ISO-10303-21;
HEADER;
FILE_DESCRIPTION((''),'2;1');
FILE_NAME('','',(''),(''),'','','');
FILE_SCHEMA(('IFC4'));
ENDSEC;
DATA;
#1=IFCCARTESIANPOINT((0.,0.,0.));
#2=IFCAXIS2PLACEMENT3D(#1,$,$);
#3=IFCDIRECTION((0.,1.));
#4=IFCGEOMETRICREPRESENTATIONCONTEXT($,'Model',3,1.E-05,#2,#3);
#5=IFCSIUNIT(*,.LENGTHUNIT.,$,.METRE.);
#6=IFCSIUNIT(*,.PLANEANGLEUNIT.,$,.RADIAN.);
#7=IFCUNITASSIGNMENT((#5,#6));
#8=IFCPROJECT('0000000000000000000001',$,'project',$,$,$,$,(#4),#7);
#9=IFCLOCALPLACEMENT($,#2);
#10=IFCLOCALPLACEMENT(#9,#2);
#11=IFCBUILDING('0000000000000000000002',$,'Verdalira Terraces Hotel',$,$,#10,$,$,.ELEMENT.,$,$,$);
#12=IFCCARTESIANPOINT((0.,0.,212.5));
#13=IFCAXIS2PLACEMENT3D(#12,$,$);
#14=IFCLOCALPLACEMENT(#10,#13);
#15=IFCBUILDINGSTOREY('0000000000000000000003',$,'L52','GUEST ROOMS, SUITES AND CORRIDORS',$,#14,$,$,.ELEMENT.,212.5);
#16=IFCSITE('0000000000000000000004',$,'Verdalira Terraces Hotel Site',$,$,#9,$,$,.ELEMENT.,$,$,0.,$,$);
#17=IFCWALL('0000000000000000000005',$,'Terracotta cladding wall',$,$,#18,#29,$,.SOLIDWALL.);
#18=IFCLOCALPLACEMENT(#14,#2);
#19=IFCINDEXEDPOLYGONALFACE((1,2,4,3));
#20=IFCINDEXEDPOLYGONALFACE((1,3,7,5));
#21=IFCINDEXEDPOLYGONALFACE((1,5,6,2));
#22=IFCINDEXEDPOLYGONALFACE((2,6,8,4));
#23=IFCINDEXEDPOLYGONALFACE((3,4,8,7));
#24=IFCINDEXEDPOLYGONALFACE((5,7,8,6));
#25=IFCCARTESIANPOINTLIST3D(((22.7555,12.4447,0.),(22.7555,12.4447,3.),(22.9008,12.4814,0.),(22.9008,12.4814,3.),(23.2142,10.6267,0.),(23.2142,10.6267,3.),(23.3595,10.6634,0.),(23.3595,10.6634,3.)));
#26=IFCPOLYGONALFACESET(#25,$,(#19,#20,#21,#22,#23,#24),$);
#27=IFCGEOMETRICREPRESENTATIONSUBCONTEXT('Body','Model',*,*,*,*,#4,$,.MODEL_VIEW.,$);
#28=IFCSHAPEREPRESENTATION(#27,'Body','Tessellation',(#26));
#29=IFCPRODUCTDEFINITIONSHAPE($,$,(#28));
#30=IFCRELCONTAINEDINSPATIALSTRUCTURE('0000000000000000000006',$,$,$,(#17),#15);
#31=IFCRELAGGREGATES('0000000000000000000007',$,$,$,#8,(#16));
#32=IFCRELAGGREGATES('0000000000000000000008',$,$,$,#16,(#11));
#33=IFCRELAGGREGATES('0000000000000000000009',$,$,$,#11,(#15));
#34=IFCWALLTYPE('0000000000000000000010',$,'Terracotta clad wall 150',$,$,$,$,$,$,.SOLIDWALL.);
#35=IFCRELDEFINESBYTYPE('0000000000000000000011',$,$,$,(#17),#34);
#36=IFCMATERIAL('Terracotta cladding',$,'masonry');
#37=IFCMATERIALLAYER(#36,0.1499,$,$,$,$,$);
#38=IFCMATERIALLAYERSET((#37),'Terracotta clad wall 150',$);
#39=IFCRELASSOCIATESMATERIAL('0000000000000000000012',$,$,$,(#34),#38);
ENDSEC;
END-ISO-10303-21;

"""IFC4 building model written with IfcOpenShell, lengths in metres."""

from ifc_helpers import new_model, si_unit, direction, frame, frame_2d, origin, place, context, subcontext, project, spatial, rectangle, extrude, material, layer, layer_set, type_object, element, save


model = new_model("IFC4")

# Units and contexts
model_context = context("Model", 3, precision=1e-05, world=origin(), true_north=direction((0.0, 1.0)))
body_context = subcontext(model_context, "Body", "Model", "MODEL_VIEW")
ifc_project = project(units=[si_unit("LENGTHUNIT", "METRE"), si_unit("PLANEANGLEUNIT", "RADIAN")], contexts=[model_context])

# Site, building, storey
site_placement = place(None, origin())
site = spatial("IfcSite", under=ifc_project, at=site_placement, Name="Verdalira Terraces Hotel Site", CompositionType="ELEMENT", RefElevation=0.0)
building_placement = place(site_placement, origin())
building = spatial("IfcBuilding", under=site, at=building_placement, Name="Verdalira Terraces Hotel", CompositionType="ELEMENT")
storey_placement = place(building_placement, frame((0.0, 0.0, 212.5)))
storey = spatial("IfcBuildingStorey", under=building, at=storey_placement, Name="L52", Description="GUEST ROOMS, SUITES AND CORRIDORS", CompositionType="ELEMENT", Elevation=212.5)

# Wall
ifc_material_1 = material(Name="Terracotta cladding", Category="masonry")
ifc_layer_1 = layer(ifc_material_1, 0.1499)
ifc_layer_set_1 = layer_set([ifc_layer_1], Name="Terracotta clad wall 150")
wall_type_1 = type_object("IfcWallType", Name="Terracotta clad wall 150", PredefinedType="SOLIDWALL", material=ifc_layer_set_1)
wall_1_placement = place(storey_placement, frame((23.2869, 10.645, 0.0), z_axis=(0.0, 0.0, 1.0), x_axis=(-0.244649, 0.969612, 0.0)))
element("IfcWall", 1, at=wall_1_placement, inside=storey, type_object=wall_type_1, Name="Terracotta cladding wall", PredefinedType="SOLIDWALL", context=body_context, shape_type="SweptSolid", body=[
    extrude(rectangle(XDim=1.875, YDim=0.1499, at=frame_2d((0.9375, 0.0))), origin(), (0.0, 0.0, 1.0), 3.0),
])

save(model, "model.ifc")
